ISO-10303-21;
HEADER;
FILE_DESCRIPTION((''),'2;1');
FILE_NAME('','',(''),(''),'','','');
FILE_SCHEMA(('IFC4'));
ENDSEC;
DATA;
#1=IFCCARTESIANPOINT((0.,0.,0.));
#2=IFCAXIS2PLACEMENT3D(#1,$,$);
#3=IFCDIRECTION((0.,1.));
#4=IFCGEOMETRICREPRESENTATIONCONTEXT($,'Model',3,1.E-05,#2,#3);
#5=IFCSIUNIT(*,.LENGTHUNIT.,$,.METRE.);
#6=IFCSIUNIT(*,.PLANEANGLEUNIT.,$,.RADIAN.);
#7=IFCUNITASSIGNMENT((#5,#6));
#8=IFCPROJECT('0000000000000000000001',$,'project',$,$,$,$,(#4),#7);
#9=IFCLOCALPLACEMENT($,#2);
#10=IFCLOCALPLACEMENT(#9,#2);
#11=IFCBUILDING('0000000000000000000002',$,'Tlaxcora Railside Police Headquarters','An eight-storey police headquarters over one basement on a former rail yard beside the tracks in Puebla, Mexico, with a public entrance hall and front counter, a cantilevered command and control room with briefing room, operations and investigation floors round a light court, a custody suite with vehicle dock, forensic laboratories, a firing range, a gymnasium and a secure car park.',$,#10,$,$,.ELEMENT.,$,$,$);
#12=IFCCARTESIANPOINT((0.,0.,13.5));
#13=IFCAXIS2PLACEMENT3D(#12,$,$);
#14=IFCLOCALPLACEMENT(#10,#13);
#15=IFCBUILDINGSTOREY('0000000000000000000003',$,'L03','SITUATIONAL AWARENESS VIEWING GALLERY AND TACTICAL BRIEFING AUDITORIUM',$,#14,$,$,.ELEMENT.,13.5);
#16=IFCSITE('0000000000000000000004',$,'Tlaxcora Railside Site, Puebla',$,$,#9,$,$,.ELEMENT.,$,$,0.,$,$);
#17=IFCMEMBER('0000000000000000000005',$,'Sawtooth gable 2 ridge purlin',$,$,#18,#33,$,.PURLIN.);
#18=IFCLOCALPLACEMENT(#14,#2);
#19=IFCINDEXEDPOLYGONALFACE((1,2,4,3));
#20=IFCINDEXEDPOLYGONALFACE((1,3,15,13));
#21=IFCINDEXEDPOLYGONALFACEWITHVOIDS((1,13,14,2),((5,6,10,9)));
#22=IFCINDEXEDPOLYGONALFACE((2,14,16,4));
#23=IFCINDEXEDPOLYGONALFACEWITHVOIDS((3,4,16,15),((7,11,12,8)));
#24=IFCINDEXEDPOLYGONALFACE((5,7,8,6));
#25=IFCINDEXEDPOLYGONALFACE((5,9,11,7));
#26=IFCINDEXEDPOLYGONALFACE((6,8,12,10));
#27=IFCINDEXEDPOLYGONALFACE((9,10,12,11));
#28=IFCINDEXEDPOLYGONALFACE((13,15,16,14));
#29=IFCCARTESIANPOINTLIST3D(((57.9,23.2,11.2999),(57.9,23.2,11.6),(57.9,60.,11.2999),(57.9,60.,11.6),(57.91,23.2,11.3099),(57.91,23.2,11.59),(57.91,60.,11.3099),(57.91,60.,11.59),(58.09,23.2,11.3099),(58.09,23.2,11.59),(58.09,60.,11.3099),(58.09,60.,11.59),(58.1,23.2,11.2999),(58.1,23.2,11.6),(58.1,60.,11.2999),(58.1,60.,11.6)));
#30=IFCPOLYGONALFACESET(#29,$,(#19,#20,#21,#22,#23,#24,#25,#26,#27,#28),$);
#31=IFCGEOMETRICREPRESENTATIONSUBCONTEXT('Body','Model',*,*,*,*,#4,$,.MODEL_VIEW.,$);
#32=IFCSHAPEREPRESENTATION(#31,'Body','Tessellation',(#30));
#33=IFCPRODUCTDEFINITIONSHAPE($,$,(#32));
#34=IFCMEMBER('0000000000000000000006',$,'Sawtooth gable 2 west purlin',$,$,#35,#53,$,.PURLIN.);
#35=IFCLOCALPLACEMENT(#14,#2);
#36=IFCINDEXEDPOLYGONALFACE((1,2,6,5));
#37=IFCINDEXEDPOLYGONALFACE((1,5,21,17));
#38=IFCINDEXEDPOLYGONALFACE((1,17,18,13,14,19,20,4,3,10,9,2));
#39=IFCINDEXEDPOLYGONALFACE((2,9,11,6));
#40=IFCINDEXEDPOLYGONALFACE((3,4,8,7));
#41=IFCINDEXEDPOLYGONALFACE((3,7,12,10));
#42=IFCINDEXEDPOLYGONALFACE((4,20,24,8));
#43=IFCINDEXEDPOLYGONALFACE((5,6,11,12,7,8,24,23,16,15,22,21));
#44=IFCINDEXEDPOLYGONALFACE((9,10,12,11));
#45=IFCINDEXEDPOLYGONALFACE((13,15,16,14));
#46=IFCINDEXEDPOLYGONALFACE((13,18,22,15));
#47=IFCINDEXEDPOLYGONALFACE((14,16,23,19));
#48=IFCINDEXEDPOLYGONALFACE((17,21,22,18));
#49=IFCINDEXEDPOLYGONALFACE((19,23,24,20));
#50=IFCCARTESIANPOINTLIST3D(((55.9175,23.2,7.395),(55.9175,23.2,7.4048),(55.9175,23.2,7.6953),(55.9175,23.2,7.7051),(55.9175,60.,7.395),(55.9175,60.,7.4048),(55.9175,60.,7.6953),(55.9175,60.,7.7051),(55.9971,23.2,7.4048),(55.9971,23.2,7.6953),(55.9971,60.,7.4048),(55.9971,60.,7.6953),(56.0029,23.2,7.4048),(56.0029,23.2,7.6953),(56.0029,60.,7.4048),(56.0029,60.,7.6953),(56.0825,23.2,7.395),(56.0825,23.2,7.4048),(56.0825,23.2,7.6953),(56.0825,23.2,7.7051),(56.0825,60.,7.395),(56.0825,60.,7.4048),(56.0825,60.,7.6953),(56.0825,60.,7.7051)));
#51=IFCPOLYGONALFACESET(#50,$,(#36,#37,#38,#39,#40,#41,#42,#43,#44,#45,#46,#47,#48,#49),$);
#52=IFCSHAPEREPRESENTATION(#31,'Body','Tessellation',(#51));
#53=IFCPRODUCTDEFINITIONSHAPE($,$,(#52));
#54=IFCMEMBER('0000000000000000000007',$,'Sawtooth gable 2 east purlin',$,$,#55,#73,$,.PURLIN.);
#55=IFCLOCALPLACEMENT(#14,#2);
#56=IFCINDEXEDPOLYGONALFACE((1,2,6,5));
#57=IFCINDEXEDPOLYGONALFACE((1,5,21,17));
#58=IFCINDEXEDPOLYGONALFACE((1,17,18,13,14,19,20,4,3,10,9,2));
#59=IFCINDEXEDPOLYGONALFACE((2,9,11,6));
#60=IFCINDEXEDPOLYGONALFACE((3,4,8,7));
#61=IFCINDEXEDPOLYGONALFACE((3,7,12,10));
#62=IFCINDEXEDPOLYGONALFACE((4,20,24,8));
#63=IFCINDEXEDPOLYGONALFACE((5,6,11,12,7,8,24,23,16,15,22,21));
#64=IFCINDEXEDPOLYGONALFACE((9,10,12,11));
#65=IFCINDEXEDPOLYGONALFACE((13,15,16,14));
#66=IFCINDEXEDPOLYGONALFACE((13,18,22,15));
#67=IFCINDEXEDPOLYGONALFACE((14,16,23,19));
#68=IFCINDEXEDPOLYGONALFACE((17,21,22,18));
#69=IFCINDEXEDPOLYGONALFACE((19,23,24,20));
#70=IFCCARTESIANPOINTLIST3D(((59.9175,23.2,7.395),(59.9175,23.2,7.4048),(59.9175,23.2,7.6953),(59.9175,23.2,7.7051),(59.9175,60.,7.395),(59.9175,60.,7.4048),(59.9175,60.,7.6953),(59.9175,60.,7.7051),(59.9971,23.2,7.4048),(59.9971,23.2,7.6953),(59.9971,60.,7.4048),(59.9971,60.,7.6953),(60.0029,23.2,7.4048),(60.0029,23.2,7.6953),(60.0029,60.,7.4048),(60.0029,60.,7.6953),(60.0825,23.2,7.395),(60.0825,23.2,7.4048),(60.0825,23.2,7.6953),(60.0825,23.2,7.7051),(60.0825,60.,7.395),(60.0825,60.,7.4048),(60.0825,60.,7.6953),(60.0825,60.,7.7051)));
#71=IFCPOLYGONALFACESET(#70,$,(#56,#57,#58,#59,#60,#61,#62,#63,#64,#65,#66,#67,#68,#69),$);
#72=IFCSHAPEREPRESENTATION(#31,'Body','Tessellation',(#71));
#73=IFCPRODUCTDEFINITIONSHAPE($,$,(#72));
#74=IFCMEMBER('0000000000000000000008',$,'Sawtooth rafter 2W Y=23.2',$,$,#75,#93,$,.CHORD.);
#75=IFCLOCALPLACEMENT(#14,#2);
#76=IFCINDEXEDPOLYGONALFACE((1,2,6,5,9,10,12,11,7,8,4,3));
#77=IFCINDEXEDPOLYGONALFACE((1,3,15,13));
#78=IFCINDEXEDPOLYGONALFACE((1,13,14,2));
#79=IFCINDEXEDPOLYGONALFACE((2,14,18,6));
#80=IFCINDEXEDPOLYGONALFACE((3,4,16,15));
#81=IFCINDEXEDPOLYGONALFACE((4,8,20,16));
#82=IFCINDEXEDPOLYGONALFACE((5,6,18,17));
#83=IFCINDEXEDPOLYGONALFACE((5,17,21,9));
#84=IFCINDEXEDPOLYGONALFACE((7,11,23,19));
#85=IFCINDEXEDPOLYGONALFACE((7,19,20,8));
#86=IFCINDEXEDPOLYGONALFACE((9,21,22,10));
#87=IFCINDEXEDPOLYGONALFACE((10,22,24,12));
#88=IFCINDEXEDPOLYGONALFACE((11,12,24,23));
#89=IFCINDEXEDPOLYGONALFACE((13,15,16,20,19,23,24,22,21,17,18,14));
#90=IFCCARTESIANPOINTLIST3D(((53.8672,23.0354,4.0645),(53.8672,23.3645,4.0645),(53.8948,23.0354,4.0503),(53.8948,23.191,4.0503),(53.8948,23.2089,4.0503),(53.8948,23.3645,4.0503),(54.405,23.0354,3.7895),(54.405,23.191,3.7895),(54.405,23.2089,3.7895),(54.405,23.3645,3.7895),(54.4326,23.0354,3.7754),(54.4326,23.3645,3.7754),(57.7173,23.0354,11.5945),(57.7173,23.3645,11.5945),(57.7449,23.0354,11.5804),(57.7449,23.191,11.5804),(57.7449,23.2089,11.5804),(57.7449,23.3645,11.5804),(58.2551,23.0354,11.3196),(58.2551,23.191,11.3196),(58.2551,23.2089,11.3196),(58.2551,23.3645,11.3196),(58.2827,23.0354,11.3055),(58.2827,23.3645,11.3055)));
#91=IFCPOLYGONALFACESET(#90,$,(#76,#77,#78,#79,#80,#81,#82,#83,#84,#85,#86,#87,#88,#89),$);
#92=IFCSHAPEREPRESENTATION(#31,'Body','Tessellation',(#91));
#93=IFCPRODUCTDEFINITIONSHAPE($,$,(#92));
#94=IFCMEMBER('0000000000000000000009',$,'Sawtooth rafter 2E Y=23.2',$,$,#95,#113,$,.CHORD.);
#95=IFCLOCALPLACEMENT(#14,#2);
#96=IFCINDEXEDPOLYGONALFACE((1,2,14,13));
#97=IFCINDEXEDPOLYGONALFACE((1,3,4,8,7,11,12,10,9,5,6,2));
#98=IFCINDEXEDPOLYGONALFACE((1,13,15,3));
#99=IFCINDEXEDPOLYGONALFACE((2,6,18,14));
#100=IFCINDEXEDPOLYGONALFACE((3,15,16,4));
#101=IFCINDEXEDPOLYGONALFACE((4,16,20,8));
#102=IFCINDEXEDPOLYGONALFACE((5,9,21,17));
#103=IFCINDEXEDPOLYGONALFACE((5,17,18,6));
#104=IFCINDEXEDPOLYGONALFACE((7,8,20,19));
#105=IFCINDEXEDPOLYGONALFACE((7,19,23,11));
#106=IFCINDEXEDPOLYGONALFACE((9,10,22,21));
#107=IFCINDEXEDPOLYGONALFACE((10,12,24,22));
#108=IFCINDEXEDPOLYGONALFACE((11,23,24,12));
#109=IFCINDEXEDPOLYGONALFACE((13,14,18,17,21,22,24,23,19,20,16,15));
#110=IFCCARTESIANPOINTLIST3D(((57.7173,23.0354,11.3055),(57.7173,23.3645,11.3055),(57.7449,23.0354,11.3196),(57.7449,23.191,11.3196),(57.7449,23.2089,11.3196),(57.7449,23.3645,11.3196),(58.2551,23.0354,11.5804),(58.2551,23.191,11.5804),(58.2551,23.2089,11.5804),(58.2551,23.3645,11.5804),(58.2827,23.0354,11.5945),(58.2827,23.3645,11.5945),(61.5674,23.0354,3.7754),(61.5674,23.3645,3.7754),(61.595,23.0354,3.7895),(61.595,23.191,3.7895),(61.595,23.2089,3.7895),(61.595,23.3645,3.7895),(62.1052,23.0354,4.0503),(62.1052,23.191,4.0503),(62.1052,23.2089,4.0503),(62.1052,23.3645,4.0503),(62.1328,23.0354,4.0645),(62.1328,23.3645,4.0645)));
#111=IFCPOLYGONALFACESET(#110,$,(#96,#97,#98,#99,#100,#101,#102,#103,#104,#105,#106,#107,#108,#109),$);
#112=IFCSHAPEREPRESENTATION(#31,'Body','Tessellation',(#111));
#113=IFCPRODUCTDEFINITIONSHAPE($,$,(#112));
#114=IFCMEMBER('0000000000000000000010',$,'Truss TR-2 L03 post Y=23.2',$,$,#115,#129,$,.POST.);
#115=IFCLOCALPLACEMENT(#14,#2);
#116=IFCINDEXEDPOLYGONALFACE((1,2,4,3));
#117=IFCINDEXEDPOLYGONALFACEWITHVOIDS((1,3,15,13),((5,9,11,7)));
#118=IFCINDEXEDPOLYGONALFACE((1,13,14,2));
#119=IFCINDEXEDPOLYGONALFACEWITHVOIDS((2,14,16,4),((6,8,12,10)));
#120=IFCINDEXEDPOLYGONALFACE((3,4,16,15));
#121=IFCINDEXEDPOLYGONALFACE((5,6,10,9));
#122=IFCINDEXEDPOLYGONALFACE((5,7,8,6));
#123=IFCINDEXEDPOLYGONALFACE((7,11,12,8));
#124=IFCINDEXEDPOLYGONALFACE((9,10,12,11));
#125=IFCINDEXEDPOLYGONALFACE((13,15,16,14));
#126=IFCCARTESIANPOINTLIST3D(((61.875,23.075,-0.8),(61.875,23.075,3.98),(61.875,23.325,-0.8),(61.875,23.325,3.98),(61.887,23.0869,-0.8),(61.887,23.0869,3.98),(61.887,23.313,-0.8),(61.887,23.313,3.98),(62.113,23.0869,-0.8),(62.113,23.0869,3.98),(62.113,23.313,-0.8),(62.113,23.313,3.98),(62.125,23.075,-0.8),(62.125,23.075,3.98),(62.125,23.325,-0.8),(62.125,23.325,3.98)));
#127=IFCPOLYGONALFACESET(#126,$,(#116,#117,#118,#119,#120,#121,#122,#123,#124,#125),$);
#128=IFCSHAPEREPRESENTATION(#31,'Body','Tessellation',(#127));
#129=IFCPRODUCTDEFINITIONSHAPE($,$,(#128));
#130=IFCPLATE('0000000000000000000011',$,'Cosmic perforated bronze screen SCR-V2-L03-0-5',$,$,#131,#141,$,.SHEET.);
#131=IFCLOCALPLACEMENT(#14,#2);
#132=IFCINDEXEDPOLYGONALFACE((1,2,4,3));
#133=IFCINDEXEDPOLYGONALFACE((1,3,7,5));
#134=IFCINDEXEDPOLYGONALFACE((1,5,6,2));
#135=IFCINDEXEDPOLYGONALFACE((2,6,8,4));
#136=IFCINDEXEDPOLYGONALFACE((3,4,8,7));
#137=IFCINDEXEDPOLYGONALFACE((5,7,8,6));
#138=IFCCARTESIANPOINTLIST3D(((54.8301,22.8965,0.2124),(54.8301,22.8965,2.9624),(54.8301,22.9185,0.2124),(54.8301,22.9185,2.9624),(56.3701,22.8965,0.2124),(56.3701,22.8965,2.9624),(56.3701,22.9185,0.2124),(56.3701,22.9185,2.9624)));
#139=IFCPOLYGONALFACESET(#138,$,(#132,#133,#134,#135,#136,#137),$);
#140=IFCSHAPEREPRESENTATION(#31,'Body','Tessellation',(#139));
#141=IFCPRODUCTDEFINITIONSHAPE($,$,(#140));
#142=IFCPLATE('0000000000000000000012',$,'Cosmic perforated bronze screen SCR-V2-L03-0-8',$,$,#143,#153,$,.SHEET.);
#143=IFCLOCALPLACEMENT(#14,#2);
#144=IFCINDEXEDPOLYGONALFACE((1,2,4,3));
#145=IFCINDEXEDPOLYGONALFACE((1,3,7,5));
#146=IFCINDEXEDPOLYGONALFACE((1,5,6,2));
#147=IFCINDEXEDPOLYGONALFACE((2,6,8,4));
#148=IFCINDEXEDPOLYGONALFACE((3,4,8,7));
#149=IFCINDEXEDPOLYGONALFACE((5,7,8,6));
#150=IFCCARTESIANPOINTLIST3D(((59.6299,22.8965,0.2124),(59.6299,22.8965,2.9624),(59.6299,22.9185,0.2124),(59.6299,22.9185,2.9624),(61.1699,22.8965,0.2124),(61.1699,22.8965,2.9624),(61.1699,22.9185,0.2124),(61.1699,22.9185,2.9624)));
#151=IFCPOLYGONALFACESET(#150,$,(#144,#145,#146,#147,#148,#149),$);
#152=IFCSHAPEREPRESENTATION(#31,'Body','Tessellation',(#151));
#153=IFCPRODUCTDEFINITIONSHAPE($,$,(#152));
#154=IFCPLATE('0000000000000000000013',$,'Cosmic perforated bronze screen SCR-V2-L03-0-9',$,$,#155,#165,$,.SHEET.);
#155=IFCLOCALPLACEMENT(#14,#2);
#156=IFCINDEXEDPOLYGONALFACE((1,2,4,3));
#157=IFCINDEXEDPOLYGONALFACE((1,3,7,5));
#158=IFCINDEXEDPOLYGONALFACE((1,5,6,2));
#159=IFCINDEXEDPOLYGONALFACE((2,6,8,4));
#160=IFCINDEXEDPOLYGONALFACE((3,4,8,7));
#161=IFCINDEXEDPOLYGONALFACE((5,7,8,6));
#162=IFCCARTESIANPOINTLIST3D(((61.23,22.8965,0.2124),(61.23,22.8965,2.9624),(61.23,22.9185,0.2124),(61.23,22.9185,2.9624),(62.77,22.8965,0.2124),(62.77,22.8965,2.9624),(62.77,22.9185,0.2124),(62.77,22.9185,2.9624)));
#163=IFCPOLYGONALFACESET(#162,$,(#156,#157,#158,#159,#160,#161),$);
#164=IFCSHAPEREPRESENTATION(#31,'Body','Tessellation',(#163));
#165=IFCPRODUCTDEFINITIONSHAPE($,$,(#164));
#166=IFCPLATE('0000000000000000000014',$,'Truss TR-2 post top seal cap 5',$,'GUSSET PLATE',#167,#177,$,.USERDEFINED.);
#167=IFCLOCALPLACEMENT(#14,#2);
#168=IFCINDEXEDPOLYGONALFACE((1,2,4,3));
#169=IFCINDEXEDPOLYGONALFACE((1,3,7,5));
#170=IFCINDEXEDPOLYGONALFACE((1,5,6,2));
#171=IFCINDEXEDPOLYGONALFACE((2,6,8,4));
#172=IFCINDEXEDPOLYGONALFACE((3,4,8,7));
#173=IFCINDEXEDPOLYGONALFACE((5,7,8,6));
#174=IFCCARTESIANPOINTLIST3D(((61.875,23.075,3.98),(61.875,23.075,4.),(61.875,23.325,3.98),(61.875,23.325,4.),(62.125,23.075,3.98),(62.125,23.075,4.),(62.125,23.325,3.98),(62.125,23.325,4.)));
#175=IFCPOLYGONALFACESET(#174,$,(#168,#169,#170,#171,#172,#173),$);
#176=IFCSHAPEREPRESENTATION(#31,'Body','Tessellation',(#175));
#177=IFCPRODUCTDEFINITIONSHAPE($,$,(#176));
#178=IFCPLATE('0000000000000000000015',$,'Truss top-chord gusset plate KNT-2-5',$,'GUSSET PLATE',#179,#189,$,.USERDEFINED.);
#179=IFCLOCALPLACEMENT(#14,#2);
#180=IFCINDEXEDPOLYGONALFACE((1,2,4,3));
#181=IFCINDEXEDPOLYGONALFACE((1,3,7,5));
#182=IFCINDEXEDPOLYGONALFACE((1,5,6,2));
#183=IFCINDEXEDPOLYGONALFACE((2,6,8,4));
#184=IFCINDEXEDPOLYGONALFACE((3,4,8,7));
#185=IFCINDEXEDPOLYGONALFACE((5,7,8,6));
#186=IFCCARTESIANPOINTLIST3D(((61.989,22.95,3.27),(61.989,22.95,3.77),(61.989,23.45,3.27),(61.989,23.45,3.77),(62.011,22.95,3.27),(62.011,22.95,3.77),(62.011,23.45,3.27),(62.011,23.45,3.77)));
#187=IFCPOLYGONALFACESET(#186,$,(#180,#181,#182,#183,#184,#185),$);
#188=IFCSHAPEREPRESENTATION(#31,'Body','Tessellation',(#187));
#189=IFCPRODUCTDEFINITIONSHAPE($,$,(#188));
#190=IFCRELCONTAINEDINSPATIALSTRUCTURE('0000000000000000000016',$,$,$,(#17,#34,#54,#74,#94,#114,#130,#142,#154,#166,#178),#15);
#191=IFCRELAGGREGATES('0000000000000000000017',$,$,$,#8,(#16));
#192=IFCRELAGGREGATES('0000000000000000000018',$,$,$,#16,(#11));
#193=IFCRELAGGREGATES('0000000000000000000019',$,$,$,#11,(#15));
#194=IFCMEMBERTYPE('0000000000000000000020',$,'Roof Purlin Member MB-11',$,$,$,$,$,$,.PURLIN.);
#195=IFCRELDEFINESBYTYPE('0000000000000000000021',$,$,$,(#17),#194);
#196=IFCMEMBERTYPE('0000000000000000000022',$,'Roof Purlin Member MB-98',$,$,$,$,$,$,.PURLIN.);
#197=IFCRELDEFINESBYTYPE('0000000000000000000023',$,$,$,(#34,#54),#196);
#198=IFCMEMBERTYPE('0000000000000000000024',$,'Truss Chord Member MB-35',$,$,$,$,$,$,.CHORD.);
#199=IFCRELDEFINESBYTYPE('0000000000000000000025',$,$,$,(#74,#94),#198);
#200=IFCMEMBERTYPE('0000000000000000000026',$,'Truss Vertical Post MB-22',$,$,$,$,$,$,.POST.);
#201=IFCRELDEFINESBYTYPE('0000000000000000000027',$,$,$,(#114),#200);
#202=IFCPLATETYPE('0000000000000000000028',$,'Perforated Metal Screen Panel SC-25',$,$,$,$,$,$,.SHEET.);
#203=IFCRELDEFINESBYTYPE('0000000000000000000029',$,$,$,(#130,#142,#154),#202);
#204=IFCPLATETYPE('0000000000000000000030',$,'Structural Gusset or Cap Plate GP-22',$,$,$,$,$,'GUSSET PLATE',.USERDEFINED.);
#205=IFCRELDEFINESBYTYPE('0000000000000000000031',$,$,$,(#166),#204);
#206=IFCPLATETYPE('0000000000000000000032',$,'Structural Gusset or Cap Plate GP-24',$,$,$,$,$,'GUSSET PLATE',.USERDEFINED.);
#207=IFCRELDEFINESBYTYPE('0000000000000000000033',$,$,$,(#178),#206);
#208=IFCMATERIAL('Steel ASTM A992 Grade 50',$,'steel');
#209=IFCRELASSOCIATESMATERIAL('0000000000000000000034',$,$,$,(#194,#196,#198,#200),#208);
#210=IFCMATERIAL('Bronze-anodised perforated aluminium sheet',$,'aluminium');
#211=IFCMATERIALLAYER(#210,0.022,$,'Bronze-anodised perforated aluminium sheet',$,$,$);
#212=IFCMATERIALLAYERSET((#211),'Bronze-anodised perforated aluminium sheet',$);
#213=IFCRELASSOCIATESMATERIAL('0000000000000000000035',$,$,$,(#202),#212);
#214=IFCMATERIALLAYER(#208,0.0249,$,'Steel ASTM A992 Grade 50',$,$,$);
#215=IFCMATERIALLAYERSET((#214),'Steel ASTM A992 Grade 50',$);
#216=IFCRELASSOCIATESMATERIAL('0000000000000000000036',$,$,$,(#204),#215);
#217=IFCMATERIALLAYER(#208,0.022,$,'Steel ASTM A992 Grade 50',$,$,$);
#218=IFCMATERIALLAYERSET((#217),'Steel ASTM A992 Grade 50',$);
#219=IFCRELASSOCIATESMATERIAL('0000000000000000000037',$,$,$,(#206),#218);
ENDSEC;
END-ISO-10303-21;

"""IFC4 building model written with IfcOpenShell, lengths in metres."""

from ifc_helpers import new_model, si_unit, direction, frame, origin, origin_2d, place, context, subcontext, project, spatial, rectangle, hollow_rectangle, i_section, extrude, material, layer, layer_set, material_profile, profile_set, type_object, element, save


model = new_model("IFC4")

# Units and contexts
model_context = context("Model", 3, precision=1e-05, world=origin(), true_north=direction((0.0, 1.0)))
body_context = subcontext(model_context, "Body", "Model", "MODEL_VIEW")
ifc_project = project(units=[si_unit("LENGTHUNIT", "METRE"), si_unit("PLANEANGLEUNIT", "RADIAN")], contexts=[model_context])

# Site, building, storey
site_placement = place(None, origin())
site = spatial("IfcSite", under=ifc_project, at=site_placement, Name="Tlaxcora Railside Site, Puebla", CompositionType="ELEMENT", RefElevation=0.0)
building_placement = place(site_placement, origin())
building = spatial("IfcBuilding", under=site, at=building_placement, Name="Tlaxcora Railside Police Headquarters", Description="An eight-storey police headquarters over one basement on a former rail yard beside the tracks in Puebla, Mexico, with a public entrance hall and front counter, a cantilevered command and control room with briefing room, operations and investigation floors round a light court, a custody suite with vehicle dock, forensic laboratories, a firing range, a gymnasium and a secure car park.", CompositionType="ELEMENT")
storey_placement = place(building_placement, frame((0.0, 0.0, 13.5)))
storey = spatial("IfcBuildingStorey", under=building, at=storey_placement, Name="L03", Description="SITUATIONAL AWARENESS VIEWING GALLERY AND TACTICAL BRIEFING AUDITORIUM", CompositionType="ELEMENT", Elevation=13.5)

# Members
ifc_material_1 = material(Name="Steel ASTM A992 Grade 50", Category="steel")
ifc_material_profile_1 = material_profile(ifc_material_1, hollow_rectangle(XDim=0.2, YDim=0.3, WallThickness=0.01, at=origin_2d()), Name="HSS300X200X10")
ifc_profile_set_1 = profile_set([ifc_material_profile_1], Name="Steel ASTM A992 Grade 50")
member_type_1 = type_object("IfcMemberType", Name="Roof Purlin Member MB-11", PredefinedType="PURLIN", material=ifc_profile_set_1)
member_1_placement = place(storey_placement, frame((58.0, 23.2, 11.45), z_axis=(0.0, 1.0, 0.0), x_axis=(-1.0, 0.0, 0.0)))
element("IfcMember", 1, at=member_1_placement, inside=storey, type_object=member_type_1, Name="Sawtooth gable 2 ridge purlin", PredefinedType="PURLIN", context=body_context, shape_type="SweptSolid", body=[
    extrude(hollow_rectangle(XDim=0.2, YDim=0.3, WallThickness=0.01, at=origin_2d()), origin(), (0.0, 0.0, 1.0), 36.8),
])
ifc_material_profile_2 = material_profile(ifc_material_1, i_section(OverallWidth=0.165, OverallDepth=0.3101, WebThickness=0.0059, FlangeThickness=0.0098, at=origin_2d()), Name="W12X26")
ifc_profile_set_2 = profile_set([ifc_material_profile_2], Name="Steel ASTM A992 Grade 50")
member_type_2 = type_object("IfcMemberType", Name="Roof Purlin Member MB-98", PredefinedType="PURLIN", material=ifc_profile_set_2)
for number, where, z_axis, x_axis, name in (
    (2, (56.0, 23.2, 7.55), (0.0, 1.0, 0.0), (-1.0, 0.0, 0.0), "Sawtooth gable 2 west purlin"),
    (3, (60.0, 23.2, 7.55), (0.0, 1.0, 0.0), (-1.0, 0.0, 0.0), "Sawtooth gable 2 east purlin"),
):
    element("IfcMember", number, at=place(storey_placement, frame(where, z_axis=z_axis, x_axis=x_axis)), inside=storey, type_object=member_type_2, Name=name, PredefinedType="PURLIN", context=body_context, shape_type="SweptSolid", body=[
        extrude(i_section(OverallWidth=0.165, OverallDepth=0.3101, WebThickness=0.0059, FlangeThickness=0.0098, at=origin_2d()), origin(), (0.0, 0.0, 1.0), 36.8),
    ])
ifc_material_profile_3 = material_profile(ifc_material_1, i_section(OverallWidth=0.3291, OverallDepth=0.635, WebThickness=0.0178, FlangeThickness=0.031, at=origin_2d()), Name="W24X162")
ifc_profile_set_3 = profile_set([ifc_material_profile_3], Name="Steel ASTM A992 Grade 50")
member_type_3 = type_object("IfcMemberType", Name="Truss Chord Member MB-35", PredefinedType="CHORD", material=ifc_profile_set_3)
for number, where, z_axis, x_axis, name in (
    (4, (54.1499, 23.2, 3.9199), (0.455244, 0.0, 0.890367), (0.0, 1.0, 0.0), "Sawtooth rafter 2W Y=23.2"),
    (5, (61.8501, 23.2, 3.9199), (-0.455244, 0.0, 0.890367), (0.0, -1.0, 0.0), "Sawtooth rafter 2E Y=23.2"),
):
    element("IfcMember", number, at=place(storey_placement, frame(where, z_axis=z_axis, x_axis=x_axis)), inside=storey, type_object=member_type_3, Name=name, PredefinedType="CHORD", context=body_context, shape_type="SweptSolid", body=[
        extrude(i_section(OverallWidth=0.3291, OverallDepth=0.635, WebThickness=0.0178, FlangeThickness=0.031, at=origin_2d()), origin(), (0.0, 0.0, 1.0), 8.4573),
    ])
ifc_material_profile_4 = material_profile(ifc_material_1, hollow_rectangle(XDim=0.25, YDim=0.25, WallThickness=0.012, at=origin_2d()), Name="HSS250X250X12")
ifc_profile_set_4 = profile_set([ifc_material_profile_4], Name="Steel ASTM A992 Grade 50")
member_type_4 = type_object("IfcMemberType", Name="Truss Vertical Post MB-22", PredefinedType="POST", material=ifc_profile_set_4)
member_2_placement = place(storey_placement, frame((62.0, 23.2, -0.8), z_axis=(0.0, 0.0, 1.0), x_axis=(1.0, 0.0, 0.0)))
element("IfcMember", 6, at=member_2_placement, inside=storey, type_object=member_type_4, Name="Truss TR-2 L03 post Y=23.2", PredefinedType="POST", context=body_context, shape_type="SweptSolid", body=[
    extrude(hollow_rectangle(XDim=0.25, YDim=0.25, WallThickness=0.012, at=origin_2d()), origin(), (0.0, 0.0, 1.0), 4.78),
])

# Plates
ifc_material_2 = material(Name="Bronze-anodised perforated aluminium sheet", Category="aluminium")
ifc_layer_1 = layer(ifc_material_2, 0.022, Name="Bronze-anodised perforated aluminium sheet")
ifc_layer_set_1 = layer_set([ifc_layer_1], Name="Bronze-anodised perforated aluminium sheet")
plate_type_1 = type_object("IfcPlateType", Name="Perforated Metal Screen Panel SC-25", PredefinedType="SHEET", material=ifc_layer_set_1)
for number, where, z_axis, x_axis, name in (
    (7, (55.6001, 22.9075, 0.2124), (0.0, 0.0, 1.0), (1.0, 0.0, 0.0), "Cosmic perforated bronze screen SCR-V2-L03-0-5"),
    (8, (60.3999, 22.9075, 0.2124), (0.0, 0.0, 1.0), (1.0, 0.0, 0.0), "Cosmic perforated bronze screen SCR-V2-L03-0-8"),
    (9, (62.0, 22.9075, 0.2124), (0.0, 0.0, 1.0), (1.0, 0.0, 0.0), "Cosmic perforated bronze screen SCR-V2-L03-0-9"),
):
    element("IfcPlate", number, at=place(storey_placement, frame(where, z_axis=z_axis, x_axis=x_axis)), inside=storey, type_object=plate_type_1, Name=name, PredefinedType="SHEET", context=body_context, shape_type="SweptSolid", body=[
        extrude(rectangle(XDim=1.54, YDim=0.022, at=origin_2d()), origin(), (0.0, 0.0, 1.0), 2.75),
    ])
ifc_layer_2 = layer(ifc_material_1, 0.0249, Name="Steel ASTM A992 Grade 50")
ifc_layer_set_2 = layer_set([ifc_layer_2], Name="Steel ASTM A992 Grade 50")
plate_type_2 = type_object("IfcPlateType", Name="Structural Gusset or Cap Plate GP-22", ElementType="GUSSET PLATE", PredefinedType="USERDEFINED", material=ifc_layer_set_2)
plate_1_placement = place(storey_placement, frame((62.0, 23.2, 3.98), z_axis=(0.0, 0.0, 1.0), x_axis=(1.0, 0.0, 0.0)))
element("IfcPlate", 10, at=plate_1_placement, inside=storey, type_object=plate_type_2, Name="Truss TR-2 post top seal cap 5", ObjectType="GUSSET PLATE", PredefinedType="USERDEFINED", context=body_context, shape_type="SweptSolid", body=[
    extrude(rectangle(XDim=0.25, YDim=0.25, at=origin_2d()), origin(), (0.0, 0.0, 1.0), 0.02),
])
ifc_layer_3 = layer(ifc_material_1, 0.022, Name="Steel ASTM A992 Grade 50")
ifc_layer_set_3 = layer_set([ifc_layer_3], Name="Steel ASTM A992 Grade 50")
plate_type_3 = type_object("IfcPlateType", Name="Structural Gusset or Cap Plate GP-24", ElementType="GUSSET PLATE", PredefinedType="USERDEFINED", material=ifc_layer_set_3)
plate_2_placement = place(storey_placement, frame((62.0, 23.2, 3.27), z_axis=(0.0, 0.0, 1.0), x_axis=(0.0, 1.0, 0.0)))
element("IfcPlate", 11, at=plate_2_placement, inside=storey, type_object=plate_type_3, Name="Truss top-chord gusset plate KNT-2-5", ObjectType="GUSSET PLATE", PredefinedType="USERDEFINED", context=body_context, shape_type="SweptSolid", body=[
    extrude(rectangle(XDim=0.5, YDim=0.022, at=origin_2d()), origin(), (0.0, 0.0, 1.0), 0.5),
])

save(model, "model.ifc")
